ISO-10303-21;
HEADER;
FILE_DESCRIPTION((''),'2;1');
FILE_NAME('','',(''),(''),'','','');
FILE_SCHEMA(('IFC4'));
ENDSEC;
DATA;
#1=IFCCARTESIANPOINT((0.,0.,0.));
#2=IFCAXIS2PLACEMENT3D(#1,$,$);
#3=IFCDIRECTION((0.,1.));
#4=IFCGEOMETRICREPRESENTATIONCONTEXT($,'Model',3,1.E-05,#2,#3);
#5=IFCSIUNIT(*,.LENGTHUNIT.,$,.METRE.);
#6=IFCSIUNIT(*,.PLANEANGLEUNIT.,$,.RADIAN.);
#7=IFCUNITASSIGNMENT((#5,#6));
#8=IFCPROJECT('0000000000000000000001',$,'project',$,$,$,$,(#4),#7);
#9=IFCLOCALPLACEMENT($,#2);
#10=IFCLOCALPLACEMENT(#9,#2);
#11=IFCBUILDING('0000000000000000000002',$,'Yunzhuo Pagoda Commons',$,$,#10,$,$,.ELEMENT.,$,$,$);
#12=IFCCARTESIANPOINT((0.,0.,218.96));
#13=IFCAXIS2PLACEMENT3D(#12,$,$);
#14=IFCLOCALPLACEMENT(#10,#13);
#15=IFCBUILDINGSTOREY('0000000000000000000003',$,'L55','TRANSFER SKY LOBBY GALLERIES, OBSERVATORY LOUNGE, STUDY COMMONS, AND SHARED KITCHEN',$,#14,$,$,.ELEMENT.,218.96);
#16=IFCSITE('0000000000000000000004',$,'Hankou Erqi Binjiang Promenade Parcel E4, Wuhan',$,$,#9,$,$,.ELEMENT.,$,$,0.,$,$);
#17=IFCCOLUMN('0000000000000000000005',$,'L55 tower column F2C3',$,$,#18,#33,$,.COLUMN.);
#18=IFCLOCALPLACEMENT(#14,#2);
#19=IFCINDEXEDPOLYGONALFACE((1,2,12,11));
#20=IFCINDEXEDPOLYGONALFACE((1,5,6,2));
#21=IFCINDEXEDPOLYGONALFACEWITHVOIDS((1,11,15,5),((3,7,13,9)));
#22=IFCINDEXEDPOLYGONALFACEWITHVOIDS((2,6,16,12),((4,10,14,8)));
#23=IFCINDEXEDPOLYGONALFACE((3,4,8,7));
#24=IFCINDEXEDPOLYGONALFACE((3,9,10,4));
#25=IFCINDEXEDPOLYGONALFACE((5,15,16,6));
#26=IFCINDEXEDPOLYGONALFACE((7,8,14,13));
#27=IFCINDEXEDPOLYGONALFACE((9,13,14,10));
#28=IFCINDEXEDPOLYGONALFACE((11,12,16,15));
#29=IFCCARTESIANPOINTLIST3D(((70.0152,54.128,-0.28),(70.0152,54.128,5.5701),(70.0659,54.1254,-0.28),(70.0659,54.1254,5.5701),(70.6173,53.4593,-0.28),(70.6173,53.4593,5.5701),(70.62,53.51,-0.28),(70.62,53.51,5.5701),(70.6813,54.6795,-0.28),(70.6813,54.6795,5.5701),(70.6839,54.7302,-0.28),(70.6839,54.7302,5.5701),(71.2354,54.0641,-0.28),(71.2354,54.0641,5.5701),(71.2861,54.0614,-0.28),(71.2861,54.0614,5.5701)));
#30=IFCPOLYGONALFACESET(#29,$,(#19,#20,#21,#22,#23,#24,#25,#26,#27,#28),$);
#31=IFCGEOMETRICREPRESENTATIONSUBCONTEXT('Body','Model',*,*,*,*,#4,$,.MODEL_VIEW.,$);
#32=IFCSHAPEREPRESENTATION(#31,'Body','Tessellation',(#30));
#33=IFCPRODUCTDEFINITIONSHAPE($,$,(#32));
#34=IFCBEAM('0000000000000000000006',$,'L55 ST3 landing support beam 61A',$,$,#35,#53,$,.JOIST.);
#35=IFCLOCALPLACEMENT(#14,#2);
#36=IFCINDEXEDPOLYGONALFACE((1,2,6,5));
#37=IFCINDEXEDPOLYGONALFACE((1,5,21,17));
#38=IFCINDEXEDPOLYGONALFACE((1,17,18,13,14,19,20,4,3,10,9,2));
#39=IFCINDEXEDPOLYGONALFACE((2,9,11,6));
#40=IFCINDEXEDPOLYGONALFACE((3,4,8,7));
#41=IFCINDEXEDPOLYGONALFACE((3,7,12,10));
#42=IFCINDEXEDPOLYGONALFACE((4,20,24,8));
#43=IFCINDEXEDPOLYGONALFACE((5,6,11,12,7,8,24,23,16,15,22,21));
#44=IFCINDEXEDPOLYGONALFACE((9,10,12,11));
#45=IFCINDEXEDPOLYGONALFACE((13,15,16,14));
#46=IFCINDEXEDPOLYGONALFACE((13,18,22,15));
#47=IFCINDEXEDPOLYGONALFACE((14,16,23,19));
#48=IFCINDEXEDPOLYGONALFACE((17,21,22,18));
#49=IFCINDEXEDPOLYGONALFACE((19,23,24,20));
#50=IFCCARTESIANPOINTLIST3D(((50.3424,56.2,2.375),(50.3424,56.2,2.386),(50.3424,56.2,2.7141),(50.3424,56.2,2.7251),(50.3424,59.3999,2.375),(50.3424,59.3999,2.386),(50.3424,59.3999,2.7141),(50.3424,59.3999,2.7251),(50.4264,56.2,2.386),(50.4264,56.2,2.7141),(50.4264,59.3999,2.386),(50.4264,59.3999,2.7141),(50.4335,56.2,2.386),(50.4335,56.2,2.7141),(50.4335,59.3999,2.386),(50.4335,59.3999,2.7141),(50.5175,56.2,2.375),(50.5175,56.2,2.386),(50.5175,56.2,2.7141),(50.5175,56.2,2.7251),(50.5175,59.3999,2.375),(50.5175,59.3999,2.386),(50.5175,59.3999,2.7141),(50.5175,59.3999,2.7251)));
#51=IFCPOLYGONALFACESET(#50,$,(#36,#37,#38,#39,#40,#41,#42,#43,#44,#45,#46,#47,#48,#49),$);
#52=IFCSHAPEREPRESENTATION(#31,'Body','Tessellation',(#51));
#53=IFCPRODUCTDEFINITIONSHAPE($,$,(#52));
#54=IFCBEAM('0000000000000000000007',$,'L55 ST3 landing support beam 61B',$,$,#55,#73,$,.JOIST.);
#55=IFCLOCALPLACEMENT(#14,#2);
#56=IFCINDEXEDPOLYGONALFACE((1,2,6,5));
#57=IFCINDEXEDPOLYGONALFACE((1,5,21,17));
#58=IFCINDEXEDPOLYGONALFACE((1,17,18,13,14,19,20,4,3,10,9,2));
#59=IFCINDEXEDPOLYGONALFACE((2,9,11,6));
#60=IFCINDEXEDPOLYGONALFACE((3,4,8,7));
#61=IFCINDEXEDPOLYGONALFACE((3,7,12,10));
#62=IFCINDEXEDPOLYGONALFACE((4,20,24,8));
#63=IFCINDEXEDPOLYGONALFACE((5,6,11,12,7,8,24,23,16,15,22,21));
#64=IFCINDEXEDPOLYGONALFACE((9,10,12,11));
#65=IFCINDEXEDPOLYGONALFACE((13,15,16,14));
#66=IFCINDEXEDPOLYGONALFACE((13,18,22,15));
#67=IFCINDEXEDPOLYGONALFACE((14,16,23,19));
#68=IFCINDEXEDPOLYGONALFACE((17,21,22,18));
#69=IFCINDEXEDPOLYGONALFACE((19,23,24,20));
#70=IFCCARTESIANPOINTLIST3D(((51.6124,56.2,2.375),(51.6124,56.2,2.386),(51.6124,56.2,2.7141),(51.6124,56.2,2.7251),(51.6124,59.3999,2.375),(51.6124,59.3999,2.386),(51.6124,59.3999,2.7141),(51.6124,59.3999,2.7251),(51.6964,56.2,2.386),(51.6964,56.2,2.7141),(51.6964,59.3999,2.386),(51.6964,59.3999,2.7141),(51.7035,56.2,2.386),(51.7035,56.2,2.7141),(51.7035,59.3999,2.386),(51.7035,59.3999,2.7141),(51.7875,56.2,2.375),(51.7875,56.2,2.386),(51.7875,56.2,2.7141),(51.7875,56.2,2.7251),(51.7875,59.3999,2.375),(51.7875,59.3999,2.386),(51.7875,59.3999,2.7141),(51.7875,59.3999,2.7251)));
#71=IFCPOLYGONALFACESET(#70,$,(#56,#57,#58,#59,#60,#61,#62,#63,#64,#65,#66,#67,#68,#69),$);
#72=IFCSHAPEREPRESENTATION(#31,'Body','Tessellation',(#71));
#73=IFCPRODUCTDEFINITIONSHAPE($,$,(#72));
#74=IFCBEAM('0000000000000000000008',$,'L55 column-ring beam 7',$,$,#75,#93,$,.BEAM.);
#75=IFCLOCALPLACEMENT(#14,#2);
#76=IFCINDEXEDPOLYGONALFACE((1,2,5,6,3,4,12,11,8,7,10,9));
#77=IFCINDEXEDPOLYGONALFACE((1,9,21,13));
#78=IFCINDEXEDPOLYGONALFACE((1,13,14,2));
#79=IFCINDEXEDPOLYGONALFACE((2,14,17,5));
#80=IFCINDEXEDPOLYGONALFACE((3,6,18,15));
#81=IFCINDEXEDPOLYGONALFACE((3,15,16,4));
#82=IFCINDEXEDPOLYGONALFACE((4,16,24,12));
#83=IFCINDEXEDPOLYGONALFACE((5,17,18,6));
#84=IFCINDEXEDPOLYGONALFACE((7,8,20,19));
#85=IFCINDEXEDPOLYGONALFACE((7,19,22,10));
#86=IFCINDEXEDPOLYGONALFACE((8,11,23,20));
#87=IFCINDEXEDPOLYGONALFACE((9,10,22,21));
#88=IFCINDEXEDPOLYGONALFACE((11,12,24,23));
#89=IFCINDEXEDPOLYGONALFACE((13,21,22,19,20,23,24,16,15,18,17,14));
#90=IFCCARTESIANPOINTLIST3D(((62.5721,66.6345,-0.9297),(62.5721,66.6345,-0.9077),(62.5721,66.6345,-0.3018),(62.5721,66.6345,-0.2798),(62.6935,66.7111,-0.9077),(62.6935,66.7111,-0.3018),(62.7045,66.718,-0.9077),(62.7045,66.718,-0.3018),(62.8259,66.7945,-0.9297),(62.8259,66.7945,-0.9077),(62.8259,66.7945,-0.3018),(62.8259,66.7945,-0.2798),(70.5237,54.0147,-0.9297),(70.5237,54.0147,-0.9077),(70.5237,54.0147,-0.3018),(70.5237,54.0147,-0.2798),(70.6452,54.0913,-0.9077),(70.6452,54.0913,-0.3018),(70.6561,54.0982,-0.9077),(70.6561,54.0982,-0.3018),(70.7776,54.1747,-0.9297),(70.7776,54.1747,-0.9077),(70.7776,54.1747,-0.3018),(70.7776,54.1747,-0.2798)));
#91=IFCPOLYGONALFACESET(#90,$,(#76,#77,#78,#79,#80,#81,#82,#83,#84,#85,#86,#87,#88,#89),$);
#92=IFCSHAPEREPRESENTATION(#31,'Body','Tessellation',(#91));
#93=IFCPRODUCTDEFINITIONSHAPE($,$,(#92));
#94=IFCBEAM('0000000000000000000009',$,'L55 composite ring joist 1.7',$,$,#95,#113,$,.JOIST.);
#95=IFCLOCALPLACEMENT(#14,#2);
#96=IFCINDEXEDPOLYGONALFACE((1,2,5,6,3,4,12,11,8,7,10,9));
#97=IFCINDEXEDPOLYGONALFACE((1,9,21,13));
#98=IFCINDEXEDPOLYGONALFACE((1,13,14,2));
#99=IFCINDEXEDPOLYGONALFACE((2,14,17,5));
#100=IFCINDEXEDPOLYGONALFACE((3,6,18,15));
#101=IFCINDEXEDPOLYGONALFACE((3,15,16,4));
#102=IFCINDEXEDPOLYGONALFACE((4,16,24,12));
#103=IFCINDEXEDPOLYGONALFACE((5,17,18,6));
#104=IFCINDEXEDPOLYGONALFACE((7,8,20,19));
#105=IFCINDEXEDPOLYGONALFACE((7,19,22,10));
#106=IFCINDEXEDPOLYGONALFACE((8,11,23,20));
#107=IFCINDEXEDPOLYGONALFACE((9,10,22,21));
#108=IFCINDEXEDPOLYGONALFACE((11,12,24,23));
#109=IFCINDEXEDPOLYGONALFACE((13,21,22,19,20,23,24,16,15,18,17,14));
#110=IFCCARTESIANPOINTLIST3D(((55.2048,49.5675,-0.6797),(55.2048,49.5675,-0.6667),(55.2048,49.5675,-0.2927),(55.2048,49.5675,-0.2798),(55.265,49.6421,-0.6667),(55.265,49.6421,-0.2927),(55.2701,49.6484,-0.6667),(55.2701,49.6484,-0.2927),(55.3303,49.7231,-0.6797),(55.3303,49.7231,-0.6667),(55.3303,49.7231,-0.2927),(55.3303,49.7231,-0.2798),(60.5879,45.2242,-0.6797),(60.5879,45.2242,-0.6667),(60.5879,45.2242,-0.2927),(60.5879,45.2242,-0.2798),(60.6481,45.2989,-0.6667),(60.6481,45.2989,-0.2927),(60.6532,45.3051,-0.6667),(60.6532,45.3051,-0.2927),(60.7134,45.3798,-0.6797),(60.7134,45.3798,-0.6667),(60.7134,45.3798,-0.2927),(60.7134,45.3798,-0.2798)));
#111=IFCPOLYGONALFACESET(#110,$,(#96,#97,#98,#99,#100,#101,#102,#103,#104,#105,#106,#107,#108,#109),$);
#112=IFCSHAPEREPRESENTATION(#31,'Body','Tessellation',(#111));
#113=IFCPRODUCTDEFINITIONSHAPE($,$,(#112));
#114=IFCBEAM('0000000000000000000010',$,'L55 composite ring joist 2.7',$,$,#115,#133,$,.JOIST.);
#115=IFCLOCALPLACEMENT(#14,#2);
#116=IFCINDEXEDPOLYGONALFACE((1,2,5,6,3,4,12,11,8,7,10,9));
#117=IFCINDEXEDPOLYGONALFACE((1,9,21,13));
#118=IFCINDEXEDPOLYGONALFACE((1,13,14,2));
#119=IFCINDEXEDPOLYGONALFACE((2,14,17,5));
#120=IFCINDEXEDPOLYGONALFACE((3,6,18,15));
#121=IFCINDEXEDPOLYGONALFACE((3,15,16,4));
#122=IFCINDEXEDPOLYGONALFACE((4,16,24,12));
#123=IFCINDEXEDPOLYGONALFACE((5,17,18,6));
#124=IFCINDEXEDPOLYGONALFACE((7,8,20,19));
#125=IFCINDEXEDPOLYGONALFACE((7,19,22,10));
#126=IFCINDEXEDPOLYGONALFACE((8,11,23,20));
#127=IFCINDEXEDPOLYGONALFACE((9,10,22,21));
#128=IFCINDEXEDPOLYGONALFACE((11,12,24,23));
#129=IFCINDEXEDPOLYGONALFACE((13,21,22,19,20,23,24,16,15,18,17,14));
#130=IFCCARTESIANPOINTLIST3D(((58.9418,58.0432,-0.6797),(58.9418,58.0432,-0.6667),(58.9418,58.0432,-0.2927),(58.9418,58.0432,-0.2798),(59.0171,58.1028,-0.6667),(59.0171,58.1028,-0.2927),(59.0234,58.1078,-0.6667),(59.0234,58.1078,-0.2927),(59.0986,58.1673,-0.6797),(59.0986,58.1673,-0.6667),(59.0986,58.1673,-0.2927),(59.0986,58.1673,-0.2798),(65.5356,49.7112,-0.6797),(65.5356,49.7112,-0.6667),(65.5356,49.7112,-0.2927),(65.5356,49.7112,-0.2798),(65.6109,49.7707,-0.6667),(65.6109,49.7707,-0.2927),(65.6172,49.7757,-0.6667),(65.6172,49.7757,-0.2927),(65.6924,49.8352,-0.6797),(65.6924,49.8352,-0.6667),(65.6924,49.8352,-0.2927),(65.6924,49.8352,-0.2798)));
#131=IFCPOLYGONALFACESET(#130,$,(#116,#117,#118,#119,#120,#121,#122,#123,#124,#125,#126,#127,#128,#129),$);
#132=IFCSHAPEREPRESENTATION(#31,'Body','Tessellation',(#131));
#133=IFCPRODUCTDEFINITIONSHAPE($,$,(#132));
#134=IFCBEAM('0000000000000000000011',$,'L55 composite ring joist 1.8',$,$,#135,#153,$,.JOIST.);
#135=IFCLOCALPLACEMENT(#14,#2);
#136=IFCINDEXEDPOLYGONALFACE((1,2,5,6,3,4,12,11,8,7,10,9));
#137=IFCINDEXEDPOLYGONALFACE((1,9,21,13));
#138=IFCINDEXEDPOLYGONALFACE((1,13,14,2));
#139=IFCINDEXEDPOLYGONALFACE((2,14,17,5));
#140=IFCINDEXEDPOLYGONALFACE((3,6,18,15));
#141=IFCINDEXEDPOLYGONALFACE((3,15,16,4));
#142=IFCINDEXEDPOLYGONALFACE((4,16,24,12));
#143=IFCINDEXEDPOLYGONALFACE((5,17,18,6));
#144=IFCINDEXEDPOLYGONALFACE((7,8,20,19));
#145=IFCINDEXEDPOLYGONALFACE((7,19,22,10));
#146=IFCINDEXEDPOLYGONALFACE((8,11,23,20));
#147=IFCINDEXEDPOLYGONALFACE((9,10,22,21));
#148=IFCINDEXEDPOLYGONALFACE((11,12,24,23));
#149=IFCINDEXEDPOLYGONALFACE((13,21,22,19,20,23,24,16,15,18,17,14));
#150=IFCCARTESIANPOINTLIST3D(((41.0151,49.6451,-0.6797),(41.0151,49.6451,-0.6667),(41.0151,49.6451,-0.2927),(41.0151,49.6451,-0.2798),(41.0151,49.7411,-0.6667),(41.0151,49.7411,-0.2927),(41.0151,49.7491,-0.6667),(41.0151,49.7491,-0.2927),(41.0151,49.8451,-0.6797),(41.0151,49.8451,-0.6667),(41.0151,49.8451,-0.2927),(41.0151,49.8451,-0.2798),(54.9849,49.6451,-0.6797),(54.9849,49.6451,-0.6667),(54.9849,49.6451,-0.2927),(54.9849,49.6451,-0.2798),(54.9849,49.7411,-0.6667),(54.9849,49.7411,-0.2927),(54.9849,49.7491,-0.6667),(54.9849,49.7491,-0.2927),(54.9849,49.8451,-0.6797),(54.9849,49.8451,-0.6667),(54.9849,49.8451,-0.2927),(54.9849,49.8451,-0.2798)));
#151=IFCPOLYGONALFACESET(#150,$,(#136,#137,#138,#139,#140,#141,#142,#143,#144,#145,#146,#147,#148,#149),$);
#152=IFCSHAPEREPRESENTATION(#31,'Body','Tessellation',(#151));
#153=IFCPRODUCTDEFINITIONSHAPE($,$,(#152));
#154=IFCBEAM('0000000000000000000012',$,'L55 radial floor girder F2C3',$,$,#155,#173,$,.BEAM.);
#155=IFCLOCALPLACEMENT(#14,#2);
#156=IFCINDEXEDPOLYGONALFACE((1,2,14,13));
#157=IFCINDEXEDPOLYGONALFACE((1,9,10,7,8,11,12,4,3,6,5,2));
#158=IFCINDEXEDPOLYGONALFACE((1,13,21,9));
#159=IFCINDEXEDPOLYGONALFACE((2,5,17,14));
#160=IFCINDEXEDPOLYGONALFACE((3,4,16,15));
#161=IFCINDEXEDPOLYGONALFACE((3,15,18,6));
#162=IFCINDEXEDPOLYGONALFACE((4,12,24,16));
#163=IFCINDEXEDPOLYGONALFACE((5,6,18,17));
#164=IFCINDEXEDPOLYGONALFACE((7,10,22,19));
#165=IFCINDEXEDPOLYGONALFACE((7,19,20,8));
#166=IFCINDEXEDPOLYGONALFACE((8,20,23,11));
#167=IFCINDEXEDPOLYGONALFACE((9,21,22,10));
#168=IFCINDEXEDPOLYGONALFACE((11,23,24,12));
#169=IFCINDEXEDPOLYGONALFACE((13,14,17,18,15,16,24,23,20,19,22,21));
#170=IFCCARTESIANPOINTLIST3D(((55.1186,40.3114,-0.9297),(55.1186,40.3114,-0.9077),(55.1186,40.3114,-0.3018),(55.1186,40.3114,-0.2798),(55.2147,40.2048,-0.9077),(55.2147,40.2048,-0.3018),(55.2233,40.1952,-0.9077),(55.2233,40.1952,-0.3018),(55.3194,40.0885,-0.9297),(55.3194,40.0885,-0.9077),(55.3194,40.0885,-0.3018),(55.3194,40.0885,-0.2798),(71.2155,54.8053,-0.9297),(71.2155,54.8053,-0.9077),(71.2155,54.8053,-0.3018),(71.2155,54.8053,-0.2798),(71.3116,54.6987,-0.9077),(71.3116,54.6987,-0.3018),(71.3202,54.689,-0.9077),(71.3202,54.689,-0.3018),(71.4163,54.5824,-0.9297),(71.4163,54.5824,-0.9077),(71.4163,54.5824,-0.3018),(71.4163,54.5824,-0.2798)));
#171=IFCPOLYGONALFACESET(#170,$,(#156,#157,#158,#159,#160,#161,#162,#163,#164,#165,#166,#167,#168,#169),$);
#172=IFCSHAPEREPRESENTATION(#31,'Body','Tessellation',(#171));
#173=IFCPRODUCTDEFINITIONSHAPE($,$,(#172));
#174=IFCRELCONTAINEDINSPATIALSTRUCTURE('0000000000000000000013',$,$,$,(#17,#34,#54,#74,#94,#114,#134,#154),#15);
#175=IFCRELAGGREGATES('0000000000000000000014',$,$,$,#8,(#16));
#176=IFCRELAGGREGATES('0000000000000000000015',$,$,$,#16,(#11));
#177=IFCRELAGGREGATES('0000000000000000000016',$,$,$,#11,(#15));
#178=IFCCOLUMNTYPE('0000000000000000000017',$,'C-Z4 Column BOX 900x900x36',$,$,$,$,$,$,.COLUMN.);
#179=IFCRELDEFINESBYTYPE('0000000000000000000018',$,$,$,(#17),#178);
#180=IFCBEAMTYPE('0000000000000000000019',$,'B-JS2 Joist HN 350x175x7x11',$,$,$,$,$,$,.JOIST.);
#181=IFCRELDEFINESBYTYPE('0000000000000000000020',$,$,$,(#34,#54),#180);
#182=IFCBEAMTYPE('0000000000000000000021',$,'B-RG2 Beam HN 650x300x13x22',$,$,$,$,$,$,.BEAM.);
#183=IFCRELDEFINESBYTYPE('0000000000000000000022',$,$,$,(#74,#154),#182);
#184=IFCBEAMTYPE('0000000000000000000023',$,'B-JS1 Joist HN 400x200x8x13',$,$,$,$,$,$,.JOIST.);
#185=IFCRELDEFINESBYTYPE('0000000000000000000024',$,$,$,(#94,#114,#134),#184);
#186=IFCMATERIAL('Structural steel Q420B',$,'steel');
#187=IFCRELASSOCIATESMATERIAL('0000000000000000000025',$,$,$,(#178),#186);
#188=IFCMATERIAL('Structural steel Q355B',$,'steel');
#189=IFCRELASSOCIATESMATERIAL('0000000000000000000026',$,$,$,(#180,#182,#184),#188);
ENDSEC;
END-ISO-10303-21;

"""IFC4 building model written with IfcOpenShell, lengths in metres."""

from ifc_helpers import new_model, si_unit, direction, frame, origin, origin_2d, place, context, subcontext, project, spatial, hollow_rectangle, i_section, extrude, source, transform, mapped, material, material_profile, profile_set, type_object, element, save


model = new_model("IFC4")

# Units and contexts
model_context = context("Model", 3, precision=1e-05, world=origin(), true_north=direction((0.0, 1.0)))
body_context = subcontext(model_context, "Body", "Model", "MODEL_VIEW")
ifc_project = project(units=[si_unit("LENGTHUNIT", "METRE"), si_unit("PLANEANGLEUNIT", "RADIAN")], contexts=[model_context])

# Site, building, storey
site_placement = place(None, origin())
site = spatial("IfcSite", under=ifc_project, at=site_placement, Name="Hankou Erqi Binjiang Promenade Parcel E4, Wuhan", CompositionType="ELEMENT", RefElevation=0.0)
building_placement = place(site_placement, origin())
building = spatial("IfcBuilding", under=site, at=building_placement, Name="Yunzhuo Pagoda Commons", CompositionType="ELEMENT")
storey_placement = place(building_placement, frame((0.0, 0.0, 218.96)))
storey = spatial("IfcBuildingStorey", under=building, at=storey_placement, Name="L55", Description="TRANSFER SKY LOBBY GALLERIES, OBSERVATORY LOUNGE, STUDY COMMONS, AND SHARED KITCHEN", CompositionType="ELEMENT", Elevation=218.96)

# Column
ifc_material_1 = material(Name="Structural steel Q420B", Category="steel")
ifc_material_profile_1 = material_profile(ifc_material_1, hollow_rectangle(XDim=0.8999, YDim=0.8999, WallThickness=0.0359, at=origin_2d()), Name="Structural steel Q420B")
ifc_profile_set_1 = profile_set([ifc_material_profile_1], Name="Structural steel Q420B")
column_type = type_object("IfcColumnType", Name="C-Z4 Column BOX 900x900x36", PredefinedType="COLUMN", material=ifc_profile_set_1)
shared_shape_1 = source(origin(), body_context, "Body", "SweptSolid", [
    extrude(hollow_rectangle(XDim=0.8999, YDim=0.8999, WallThickness=0.0359, at=origin_2d()), origin(), (0.0, 0.0, 1.0), 5.8501),
])
column_placement = place(storey_placement, frame((70.6506, 54.0947, -0.28), z_axis=(0.0, 0.0, 1.0), x_axis=(-0.669131, 0.743145, 0.0)))
element("IfcColumn", 1, at=column_placement, inside=storey, type_object=column_type, Name="L55 tower column F2C3", PredefinedType="COLUMN", context=body_context, shape_type="MappedRepresentation", body=[
    mapped(shared_shape_1, transform((0.0, 0.0, 0.0), scale=1.0)),
])

# Beams
ifc_material_2 = material(Name="Structural steel Q355B", Category="steel")
ifc_material_profile_2 = material_profile(ifc_material_2, i_section(OverallWidth=0.175, OverallDepth=0.3501, WebThickness=0.0071, FlangeThickness=0.011, at=origin_2d()), Name="Structural steel Q355B")
ifc_profile_set_2 = profile_set([ifc_material_profile_2], Name="Structural steel Q355B")
beam_type_1 = type_object("IfcBeamType", Name="B-JS2 Joist HN 350x175x7x11", PredefinedType="JOIST", material=ifc_profile_set_2)
shared_shape_2 = source(origin(), body_context, "Body", "SweptSolid", [
    extrude(i_section(OverallWidth=0.175, OverallDepth=0.3501, WebThickness=0.0071, FlangeThickness=0.011, at=origin_2d()), origin(), (0.0, 0.0, 1.0), 3.2),
])
for number, where, z_axis, x_axis, name in (
    (2, (50.4299, 56.2, 2.55), (0.0, 1.0, 0.0), (-1.0, 0.0, 0.0), "L55 ST3 landing support beam 61A"),
    (3, (51.7, 56.2, 2.55), (0.0, 1.0, 0.0), (-1.0, 0.0, 0.0), "L55 ST3 landing support beam 61B"),
):
    element("IfcBeam", number, at=place(storey_placement, frame(where, z_axis=z_axis, x_axis=x_axis)), inside=storey, type_object=beam_type_1, Name=name, PredefinedType="JOIST", context=body_context, shape_type="MappedRepresentation", body=[
        mapped(shared_shape_2, transform((0.0, 0.0, 0.0), scale=1.0)),
    ])
ifc_material_profile_3 = material_profile(ifc_material_2, i_section(OverallWidth=0.3, OverallDepth=0.6499, WebThickness=0.0129, FlangeThickness=0.022, at=origin_2d()), Name="Structural steel Q355B")
ifc_profile_set_3 = profile_set([ifc_material_profile_3], Name="Structural steel Q355B")
beam_type_2 = type_object("IfcBeamType", Name="B-RG2 Beam HN 650x300x13x22", PredefinedType="BEAM", material=ifc_profile_set_3)
shared_shape_3 = source(origin(), body_context, "Body", "SweptSolid", [
    extrude(i_section(OverallWidth=0.3, OverallDepth=0.6499, WebThickness=0.0129, FlangeThickness=0.022, at=origin_2d()), origin(), (0.0, 0.0, 1.0), 14.916),
])
beam_1_placement = place(storey_placement, frame((70.6506, 54.0947, -0.6047), z_axis=(-0.533092, 0.846057, 0.0), x_axis=(-0.846057, -0.533092, 0.0)))
element("IfcBeam", 4, at=beam_1_placement, inside=storey, type_object=beam_type_2, Name="L55 column-ring beam 7", PredefinedType="BEAM", context=body_context, shape_type="MappedRepresentation", body=[
    mapped(shared_shape_3, transform((0.0, 0.0, 0.0), scale=1.0)),
])
ifc_material_profile_4 = material_profile(ifc_material_2, i_section(OverallWidth=0.2, OverallDepth=0.3999, WebThickness=0.0081, FlangeThickness=0.0129, at=origin_2d()), Name="Structural steel Q355B")
ifc_profile_set_4 = profile_set([ifc_material_profile_4], Name="Structural steel Q355B")
beam_type_3 = type_object("IfcBeamType", Name="B-JS1 Joist HN 400x200x8x13", PredefinedType="JOIST", material=ifc_profile_set_4)
shared_shape_4 = source(origin(), body_context, "Body", "SweptSolid", [
    extrude(i_section(OverallWidth=0.2, OverallDepth=0.3999, WebThickness=0.0081, FlangeThickness=0.0129, at=origin_2d()), origin(), (0.0, 0.0, 1.0), 6.9167),
])
beam_2_placement = place(storey_placement, frame((60.6506, 45.302, -0.4797), z_axis=(-0.778266, 0.627935, 0.0), x_axis=(-0.627935, -0.778266, 0.0)))
element("IfcBeam", 5, at=beam_2_placement, inside=storey, type_object=beam_type_3, Name="L55 composite ring joist 1.7", PredefinedType="JOIST", context=body_context, shape_type="MappedRepresentation", body=[
    mapped(shared_shape_4, transform((0.0, 0.0, 0.0), scale=1.0)),
])
shared_shape_5 = source(origin(), body_context, "Body", "SweptSolid", [
    extrude(i_section(OverallWidth=0.2, OverallDepth=0.3999, WebThickness=0.0081, FlangeThickness=0.0129, at=origin_2d()), origin(), (0.0, 0.0, 1.0), 10.6255),
])
beam_3_placement = place(storey_placement, frame((65.614, 49.7732, -0.4797), z_axis=(-0.620562, 0.784158, 0.0), x_axis=(-0.784158, -0.620562, 0.0)))
element("IfcBeam", 6, at=beam_3_placement, inside=storey, type_object=beam_type_3, Name="L55 composite ring joist 2.7", PredefinedType="JOIST", context=body_context, shape_type="MappedRepresentation", body=[
    mapped(shared_shape_5, transform((0.0, 0.0, 0.0), scale=1.0)),
])
shared_shape_6 = source(origin(), body_context, "Body", "SweptSolid", [
    extrude(i_section(OverallWidth=0.2, OverallDepth=0.3999, WebThickness=0.0081, FlangeThickness=0.0129, at=origin_2d()), origin(), (0.0, 0.0, 1.0), 13.9697),
])
beam_4_placement = place(storey_placement, frame((54.9849, 49.7451, -0.4797), z_axis=(-1.0, 0.0, 0.0), x_axis=(0.0, -1.0, 0.0)))
element("IfcBeam", 7, at=beam_4_placement, inside=storey, type_object=beam_type_3, Name="L55 composite ring joist 1.8", PredefinedType="JOIST", context=body_context, shape_type="MappedRepresentation", body=[
    mapped(shared_shape_6, transform((0.0, 0.0, 0.0), scale=1.0)),
])
shared_shape_7 = source(origin(), body_context, "Body", "SweptSolid", [
    extrude(i_section(OverallWidth=0.3, OverallDepth=0.6499, WebThickness=0.0129, FlangeThickness=0.022, at=origin_2d()), origin(), (0.0, 0.0, 1.0), 21.6606),
])
beam_5_placement = place(storey_placement, frame((71.3159, 54.6938, -0.6047), z_axis=(-0.743141, -0.669135, 0.0), x_axis=(0.669135, -0.743141, 0.0)))
element("IfcBeam", 8, at=beam_5_placement, inside=storey, type_object=beam_type_2, Name="L55 radial floor girder F2C3", PredefinedType="BEAM", context=body_context, shape_type="MappedRepresentation", body=[
    mapped(shared_shape_7, transform((0.0, 0.0, 0.0), scale=1.0)),
])

save(model, "model.ifc")
